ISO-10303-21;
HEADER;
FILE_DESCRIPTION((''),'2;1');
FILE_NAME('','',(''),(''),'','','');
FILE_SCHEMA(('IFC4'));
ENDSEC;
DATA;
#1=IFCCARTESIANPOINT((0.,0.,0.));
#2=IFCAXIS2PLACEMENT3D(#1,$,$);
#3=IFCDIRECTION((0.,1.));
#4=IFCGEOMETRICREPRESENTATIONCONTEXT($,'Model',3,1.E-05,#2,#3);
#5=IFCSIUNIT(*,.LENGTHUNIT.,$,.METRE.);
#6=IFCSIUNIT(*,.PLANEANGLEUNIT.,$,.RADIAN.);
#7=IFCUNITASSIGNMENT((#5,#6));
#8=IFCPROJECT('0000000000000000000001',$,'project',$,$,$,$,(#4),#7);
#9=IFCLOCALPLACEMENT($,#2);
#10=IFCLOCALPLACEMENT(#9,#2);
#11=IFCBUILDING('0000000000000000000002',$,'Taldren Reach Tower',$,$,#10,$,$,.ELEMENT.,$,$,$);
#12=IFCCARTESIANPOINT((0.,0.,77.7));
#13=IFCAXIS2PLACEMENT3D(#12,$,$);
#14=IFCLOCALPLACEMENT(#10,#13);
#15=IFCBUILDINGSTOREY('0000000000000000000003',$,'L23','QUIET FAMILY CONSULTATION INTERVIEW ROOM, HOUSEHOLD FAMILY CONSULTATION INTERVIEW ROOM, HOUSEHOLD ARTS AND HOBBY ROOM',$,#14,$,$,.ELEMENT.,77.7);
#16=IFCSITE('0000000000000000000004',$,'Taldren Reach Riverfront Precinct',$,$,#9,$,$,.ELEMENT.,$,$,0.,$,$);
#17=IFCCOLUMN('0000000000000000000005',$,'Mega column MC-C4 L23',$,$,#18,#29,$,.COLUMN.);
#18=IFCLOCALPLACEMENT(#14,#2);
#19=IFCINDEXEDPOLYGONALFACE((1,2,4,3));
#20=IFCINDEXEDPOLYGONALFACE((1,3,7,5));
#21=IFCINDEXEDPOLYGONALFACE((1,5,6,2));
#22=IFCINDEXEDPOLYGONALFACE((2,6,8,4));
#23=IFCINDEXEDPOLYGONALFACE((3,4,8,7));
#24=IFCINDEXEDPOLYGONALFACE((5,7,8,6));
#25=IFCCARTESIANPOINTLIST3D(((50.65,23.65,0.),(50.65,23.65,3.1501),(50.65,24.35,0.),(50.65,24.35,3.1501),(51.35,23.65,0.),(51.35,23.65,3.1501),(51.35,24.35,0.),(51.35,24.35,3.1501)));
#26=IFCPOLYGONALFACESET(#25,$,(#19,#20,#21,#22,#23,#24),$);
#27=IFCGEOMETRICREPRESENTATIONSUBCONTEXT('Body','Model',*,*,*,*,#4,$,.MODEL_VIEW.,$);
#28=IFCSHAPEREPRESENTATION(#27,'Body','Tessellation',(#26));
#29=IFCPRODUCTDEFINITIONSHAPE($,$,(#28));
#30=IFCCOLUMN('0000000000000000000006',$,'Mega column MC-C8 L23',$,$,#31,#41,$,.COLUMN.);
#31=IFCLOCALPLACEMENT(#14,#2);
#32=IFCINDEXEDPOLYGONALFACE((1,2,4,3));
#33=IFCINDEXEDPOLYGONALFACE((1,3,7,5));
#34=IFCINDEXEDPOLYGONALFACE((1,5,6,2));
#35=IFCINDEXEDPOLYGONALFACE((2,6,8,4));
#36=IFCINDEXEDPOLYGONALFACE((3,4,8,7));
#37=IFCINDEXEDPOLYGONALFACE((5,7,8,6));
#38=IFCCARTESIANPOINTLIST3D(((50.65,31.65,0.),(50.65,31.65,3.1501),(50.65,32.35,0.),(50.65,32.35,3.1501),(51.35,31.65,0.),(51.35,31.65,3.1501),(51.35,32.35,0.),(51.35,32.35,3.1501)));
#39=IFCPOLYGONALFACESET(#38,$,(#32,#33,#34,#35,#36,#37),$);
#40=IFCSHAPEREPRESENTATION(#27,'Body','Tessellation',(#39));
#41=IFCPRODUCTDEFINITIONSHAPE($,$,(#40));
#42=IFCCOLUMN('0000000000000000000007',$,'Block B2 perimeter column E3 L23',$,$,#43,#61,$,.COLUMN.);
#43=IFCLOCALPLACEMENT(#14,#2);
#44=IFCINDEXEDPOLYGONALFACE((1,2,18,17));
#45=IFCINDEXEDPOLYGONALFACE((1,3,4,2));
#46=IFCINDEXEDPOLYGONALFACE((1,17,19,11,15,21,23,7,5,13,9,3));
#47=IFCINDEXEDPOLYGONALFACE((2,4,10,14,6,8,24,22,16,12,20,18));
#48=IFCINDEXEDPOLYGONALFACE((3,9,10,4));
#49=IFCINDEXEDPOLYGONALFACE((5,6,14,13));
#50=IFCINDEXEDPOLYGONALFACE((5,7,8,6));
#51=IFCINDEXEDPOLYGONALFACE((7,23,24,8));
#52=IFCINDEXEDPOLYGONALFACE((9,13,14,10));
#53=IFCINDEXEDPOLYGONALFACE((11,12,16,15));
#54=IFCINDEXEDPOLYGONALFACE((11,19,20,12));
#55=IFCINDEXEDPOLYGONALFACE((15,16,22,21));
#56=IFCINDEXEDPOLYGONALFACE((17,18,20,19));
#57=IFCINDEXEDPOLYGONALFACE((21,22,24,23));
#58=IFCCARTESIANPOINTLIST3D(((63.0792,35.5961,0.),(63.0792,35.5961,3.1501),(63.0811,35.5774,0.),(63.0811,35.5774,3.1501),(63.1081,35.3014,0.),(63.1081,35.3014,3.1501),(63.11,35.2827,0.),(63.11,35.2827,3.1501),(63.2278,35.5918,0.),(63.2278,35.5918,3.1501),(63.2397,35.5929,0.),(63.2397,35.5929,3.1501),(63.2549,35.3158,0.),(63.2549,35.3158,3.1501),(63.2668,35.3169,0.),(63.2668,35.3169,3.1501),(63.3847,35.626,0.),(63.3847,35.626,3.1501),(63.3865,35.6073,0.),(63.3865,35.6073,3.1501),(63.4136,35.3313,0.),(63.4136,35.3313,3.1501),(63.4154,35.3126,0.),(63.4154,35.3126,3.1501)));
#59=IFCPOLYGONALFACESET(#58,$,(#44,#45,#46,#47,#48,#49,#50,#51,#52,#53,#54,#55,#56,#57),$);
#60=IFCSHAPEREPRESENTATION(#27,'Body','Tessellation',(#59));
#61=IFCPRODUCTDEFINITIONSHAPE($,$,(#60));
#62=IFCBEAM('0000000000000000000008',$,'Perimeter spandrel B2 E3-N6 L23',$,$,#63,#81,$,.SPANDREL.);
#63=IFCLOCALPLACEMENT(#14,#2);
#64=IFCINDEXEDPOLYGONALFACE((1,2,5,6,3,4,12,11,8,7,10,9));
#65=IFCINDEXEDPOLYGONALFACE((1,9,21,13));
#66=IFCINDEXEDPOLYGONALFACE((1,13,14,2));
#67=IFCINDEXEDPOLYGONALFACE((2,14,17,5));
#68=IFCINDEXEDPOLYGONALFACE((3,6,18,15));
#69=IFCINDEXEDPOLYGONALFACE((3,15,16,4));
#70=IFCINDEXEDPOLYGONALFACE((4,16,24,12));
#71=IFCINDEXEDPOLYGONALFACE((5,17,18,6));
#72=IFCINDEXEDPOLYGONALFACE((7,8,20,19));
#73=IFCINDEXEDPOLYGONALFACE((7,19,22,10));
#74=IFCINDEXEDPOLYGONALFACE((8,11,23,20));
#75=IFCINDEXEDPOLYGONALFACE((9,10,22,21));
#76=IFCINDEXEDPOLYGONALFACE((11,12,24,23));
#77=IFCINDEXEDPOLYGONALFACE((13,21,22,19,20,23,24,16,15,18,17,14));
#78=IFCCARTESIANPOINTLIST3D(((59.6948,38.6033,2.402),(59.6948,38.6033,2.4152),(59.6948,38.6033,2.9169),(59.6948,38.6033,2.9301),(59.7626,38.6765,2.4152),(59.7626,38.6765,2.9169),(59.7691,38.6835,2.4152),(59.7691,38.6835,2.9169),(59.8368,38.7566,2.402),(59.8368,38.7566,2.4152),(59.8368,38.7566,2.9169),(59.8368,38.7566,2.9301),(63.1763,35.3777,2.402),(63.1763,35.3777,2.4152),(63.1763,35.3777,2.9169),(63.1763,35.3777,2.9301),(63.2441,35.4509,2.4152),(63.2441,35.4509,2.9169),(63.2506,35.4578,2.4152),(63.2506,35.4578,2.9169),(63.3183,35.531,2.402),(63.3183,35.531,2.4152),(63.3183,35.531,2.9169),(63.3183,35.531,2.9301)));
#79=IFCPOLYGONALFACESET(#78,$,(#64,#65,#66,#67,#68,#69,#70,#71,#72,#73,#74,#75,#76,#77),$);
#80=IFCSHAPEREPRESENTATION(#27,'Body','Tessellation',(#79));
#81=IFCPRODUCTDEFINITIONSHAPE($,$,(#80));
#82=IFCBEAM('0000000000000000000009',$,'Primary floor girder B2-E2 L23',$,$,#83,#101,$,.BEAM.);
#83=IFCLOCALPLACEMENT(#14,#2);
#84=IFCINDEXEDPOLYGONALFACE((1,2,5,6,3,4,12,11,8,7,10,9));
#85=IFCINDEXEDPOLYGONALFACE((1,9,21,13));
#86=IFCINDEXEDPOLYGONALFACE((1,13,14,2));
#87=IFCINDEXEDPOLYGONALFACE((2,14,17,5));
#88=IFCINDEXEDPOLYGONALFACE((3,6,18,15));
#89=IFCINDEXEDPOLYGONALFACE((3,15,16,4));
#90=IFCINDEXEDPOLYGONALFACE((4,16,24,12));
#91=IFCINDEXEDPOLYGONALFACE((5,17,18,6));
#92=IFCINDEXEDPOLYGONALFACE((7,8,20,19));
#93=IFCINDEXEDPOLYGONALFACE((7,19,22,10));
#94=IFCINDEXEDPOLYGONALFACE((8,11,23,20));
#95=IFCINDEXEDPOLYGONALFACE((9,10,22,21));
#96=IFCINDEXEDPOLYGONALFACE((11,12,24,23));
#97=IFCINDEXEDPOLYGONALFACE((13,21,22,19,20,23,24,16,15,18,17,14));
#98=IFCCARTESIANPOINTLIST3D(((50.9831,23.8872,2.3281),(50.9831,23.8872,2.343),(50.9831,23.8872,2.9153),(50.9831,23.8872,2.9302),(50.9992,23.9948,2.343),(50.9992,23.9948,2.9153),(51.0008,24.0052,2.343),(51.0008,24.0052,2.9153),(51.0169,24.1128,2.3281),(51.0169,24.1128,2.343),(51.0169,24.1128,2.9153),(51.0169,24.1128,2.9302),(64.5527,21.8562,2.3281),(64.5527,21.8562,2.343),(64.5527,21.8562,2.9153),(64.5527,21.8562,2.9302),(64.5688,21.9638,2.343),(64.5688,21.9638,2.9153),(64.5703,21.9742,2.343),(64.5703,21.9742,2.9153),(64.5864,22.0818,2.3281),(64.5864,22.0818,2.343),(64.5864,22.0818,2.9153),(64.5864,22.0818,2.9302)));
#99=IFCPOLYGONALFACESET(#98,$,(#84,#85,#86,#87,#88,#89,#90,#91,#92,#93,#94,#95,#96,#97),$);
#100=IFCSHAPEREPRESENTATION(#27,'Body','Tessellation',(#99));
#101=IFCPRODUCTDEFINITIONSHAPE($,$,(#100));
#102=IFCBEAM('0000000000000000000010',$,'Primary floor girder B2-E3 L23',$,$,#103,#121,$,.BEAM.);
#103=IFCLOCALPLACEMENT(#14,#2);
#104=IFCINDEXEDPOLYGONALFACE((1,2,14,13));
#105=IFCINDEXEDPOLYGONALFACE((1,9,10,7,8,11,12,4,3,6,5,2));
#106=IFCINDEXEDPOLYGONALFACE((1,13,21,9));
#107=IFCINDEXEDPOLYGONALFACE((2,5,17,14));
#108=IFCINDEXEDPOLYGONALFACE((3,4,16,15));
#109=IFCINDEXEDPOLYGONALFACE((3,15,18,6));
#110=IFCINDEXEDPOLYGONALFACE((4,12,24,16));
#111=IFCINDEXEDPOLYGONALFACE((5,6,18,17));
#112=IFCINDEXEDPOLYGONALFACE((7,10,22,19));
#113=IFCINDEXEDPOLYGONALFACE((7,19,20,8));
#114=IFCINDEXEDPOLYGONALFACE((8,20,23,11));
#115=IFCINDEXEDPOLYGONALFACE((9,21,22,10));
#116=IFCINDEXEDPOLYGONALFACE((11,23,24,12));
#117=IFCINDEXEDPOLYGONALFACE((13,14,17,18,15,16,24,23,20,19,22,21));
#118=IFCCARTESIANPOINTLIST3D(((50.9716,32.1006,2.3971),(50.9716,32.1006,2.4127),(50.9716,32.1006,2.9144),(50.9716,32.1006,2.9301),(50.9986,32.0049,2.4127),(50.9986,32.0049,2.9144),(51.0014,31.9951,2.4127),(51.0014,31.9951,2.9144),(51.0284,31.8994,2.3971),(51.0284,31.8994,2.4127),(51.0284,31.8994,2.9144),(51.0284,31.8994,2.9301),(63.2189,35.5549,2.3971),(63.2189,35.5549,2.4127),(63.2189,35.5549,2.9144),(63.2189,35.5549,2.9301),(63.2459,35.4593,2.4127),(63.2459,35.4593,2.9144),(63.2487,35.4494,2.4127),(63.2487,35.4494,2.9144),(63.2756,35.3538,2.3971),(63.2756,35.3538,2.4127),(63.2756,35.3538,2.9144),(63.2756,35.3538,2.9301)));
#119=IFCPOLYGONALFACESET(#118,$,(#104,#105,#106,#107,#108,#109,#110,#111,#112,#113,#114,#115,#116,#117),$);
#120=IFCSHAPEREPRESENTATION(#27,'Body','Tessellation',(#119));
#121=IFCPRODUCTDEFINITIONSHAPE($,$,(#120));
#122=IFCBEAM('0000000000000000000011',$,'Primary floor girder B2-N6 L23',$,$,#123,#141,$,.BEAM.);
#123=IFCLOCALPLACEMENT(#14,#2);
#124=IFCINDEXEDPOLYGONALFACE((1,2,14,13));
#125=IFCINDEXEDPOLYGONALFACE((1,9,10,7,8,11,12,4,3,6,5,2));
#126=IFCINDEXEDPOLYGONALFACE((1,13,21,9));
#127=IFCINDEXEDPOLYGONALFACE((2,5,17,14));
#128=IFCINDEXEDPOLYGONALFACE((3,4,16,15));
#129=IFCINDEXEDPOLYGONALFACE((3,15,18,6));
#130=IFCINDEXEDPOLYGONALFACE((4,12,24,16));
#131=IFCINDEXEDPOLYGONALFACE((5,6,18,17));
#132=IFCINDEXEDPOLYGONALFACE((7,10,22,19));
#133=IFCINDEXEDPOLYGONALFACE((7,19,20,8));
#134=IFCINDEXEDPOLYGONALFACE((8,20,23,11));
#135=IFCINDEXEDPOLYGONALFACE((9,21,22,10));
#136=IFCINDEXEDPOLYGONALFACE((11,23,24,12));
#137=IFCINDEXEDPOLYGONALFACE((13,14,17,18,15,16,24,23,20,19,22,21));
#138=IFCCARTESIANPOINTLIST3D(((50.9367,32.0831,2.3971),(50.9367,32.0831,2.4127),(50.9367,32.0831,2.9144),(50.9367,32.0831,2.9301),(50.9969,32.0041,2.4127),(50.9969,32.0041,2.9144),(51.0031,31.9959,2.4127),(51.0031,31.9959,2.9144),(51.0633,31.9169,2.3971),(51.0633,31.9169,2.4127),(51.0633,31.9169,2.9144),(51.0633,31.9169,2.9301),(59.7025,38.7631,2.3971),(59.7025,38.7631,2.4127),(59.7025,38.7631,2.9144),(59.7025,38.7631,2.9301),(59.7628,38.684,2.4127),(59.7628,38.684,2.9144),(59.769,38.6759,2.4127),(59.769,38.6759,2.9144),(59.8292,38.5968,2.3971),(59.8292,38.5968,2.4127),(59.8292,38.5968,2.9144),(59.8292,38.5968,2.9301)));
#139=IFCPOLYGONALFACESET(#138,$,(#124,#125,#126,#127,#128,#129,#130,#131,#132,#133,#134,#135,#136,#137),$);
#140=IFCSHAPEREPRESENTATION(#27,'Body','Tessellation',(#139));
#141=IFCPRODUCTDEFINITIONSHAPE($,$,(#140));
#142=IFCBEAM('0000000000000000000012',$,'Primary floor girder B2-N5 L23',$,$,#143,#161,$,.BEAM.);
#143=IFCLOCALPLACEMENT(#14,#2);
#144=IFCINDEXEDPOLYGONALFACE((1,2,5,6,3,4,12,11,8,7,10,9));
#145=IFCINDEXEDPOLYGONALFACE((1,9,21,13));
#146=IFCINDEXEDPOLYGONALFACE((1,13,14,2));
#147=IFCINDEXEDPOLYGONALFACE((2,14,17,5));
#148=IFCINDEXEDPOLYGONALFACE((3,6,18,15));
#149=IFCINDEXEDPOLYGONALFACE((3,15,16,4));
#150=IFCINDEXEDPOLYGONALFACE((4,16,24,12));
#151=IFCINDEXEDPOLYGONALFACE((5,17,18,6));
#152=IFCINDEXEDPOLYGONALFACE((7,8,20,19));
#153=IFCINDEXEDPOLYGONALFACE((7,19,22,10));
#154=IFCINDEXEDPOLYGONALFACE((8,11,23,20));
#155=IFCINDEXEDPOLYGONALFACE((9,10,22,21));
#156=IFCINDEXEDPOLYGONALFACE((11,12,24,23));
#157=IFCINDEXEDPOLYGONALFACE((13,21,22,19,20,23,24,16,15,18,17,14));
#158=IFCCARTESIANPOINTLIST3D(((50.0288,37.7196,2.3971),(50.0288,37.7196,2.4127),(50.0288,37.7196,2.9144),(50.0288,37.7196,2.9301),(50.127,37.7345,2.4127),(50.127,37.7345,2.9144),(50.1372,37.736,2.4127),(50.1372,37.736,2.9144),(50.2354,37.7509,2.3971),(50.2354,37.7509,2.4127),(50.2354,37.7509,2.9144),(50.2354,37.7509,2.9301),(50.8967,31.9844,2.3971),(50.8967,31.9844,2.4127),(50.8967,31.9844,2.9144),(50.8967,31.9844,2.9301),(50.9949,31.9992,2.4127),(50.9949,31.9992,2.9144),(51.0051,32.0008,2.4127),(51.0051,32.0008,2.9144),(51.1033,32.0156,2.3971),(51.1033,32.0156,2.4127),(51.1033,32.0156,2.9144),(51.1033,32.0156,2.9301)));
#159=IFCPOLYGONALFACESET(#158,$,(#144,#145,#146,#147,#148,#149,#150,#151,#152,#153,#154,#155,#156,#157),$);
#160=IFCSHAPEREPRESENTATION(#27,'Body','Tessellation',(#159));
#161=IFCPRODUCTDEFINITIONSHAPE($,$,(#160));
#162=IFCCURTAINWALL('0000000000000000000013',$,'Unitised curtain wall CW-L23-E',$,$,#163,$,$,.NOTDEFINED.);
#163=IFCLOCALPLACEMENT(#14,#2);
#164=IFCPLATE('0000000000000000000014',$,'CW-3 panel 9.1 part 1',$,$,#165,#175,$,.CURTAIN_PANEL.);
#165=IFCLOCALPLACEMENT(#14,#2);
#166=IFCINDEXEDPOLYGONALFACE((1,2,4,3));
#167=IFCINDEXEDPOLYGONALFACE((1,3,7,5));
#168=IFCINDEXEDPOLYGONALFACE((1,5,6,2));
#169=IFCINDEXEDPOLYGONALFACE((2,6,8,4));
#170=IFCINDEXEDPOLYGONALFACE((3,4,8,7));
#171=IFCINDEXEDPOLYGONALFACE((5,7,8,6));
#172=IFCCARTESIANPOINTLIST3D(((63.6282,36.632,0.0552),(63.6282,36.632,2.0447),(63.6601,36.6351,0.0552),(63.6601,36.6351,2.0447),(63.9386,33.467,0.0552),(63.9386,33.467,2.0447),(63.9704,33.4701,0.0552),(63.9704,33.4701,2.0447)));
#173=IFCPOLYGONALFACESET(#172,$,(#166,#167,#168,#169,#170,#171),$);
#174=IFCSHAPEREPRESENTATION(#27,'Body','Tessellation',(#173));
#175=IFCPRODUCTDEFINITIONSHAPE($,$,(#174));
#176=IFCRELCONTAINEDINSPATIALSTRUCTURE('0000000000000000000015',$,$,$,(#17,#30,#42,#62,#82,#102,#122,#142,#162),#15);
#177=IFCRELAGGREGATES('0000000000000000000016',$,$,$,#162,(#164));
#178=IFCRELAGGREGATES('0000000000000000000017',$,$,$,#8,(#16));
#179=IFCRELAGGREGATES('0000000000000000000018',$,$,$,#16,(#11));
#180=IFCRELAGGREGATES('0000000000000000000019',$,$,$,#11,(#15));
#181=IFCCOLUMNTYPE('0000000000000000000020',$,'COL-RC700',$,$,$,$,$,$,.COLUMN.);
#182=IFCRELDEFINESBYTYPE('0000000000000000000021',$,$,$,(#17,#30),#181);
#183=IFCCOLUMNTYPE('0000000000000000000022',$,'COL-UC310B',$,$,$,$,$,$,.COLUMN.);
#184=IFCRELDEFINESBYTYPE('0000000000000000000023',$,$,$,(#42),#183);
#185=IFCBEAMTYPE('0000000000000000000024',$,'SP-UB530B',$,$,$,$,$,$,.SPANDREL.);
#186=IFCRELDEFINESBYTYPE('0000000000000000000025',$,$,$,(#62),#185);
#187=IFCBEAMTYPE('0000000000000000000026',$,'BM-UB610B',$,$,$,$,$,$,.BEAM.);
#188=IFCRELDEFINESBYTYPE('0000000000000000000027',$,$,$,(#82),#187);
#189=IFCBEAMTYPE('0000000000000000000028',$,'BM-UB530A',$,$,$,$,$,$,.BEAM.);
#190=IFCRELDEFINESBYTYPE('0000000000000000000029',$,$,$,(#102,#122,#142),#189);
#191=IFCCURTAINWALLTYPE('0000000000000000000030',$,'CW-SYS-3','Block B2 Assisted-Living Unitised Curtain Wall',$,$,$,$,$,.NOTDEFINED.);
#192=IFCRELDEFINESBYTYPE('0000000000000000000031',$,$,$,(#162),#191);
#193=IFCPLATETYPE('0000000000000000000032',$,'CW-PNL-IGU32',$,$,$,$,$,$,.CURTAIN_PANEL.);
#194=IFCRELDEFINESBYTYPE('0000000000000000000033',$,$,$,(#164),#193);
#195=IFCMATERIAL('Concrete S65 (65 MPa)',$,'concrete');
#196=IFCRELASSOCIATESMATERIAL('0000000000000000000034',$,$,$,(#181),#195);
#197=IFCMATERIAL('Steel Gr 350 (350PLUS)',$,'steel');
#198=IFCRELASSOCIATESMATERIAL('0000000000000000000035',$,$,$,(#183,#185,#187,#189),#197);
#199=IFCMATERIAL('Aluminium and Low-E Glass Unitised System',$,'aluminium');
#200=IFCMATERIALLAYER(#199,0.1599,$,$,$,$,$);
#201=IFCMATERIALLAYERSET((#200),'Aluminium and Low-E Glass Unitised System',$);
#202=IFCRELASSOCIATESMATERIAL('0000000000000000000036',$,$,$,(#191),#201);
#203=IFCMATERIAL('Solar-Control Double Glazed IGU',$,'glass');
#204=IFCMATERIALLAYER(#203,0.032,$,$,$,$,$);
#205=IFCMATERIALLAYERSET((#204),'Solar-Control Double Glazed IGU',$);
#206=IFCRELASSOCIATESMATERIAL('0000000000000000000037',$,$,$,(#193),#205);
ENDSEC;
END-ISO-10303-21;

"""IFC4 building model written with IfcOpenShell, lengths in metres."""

from ifc_helpers import new_model, si_unit, direction, frame, origin, origin_2d, place, context, subcontext, project, spatial, rectangle, i_section, extrude, source, transform, mapped, material, layer, layer_set, material_profile, profile_set, type_object, element, aggregate, save


model = new_model("IFC4")

# Units and contexts
model_context = context("Model", 3, precision=1e-05, world=origin(), true_north=direction((0.0, 1.0)))
body_context = subcontext(model_context, "Body", "Model", "MODEL_VIEW")
ifc_project = project(units=[si_unit("LENGTHUNIT", "METRE"), si_unit("PLANEANGLEUNIT", "RADIAN")], contexts=[model_context])

# Site, building, storey
site_placement = place(None, origin())
site = spatial("IfcSite", under=ifc_project, at=site_placement, Name="Taldren Reach Riverfront Precinct", CompositionType="ELEMENT", RefElevation=0.0)
building_placement = place(site_placement, origin())
building = spatial("IfcBuilding", under=site, at=building_placement, Name="Taldren Reach Tower", CompositionType="ELEMENT")
storey_placement = place(building_placement, frame((0.0, 0.0, 77.7)))
storey = spatial("IfcBuildingStorey", under=building, at=storey_placement, Name="L23", Description="QUIET FAMILY CONSULTATION INTERVIEW ROOM, HOUSEHOLD FAMILY CONSULTATION INTERVIEW ROOM, HOUSEHOLD ARTS AND HOBBY ROOM", CompositionType="ELEMENT", Elevation=77.7)

# Columns
ifc_material_1 = material(Name="Concrete S65 (65 MPa)", Category="concrete")
ifc_material_profile_1 = material_profile(ifc_material_1, rectangle(XDim=0.7, YDim=0.7, at=origin_2d()), Name="RC-700x700")
ifc_profile_set_1 = profile_set([ifc_material_profile_1], Name="Concrete S65 (65 MPa)")
column_type_1 = type_object("IfcColumnType", Name="COL-RC700", PredefinedType="COLUMN", material=ifc_profile_set_1)
shared_shape_1 = source(origin(), body_context, "Body", "SweptSolid", [
    extrude(rectangle(XDim=0.7, YDim=0.7, at=origin_2d()), origin(), (0.0, 0.0, 1.0), 3.1501),
])
for number, where, z_axis, x_axis, name in (
    (1, (51.0, 24.0, 0.0), (0.0, 0.0, 1.0), (1.0, 0.0, 0.0), "Mega column MC-C4 L23"),
    (2, (51.0, 32.0, 0.0), (0.0, 0.0, 1.0), (1.0, 0.0, 0.0), "Mega column MC-C8 L23"),
):
    element("IfcColumn", number, at=place(storey_placement, frame(where, z_axis=z_axis, x_axis=x_axis)), inside=storey, type_object=column_type_1, Name=name, PredefinedType="COLUMN", context=body_context, shape_type="MappedRepresentation", body=[
        mapped(shared_shape_1, transform((0.0, 0.0, 0.0), scale=1.0)),
    ])
ifc_material_2 = material(Name="Steel Gr 350 (350PLUS)", Category="steel")
ifc_material_profile_2 = material_profile(ifc_material_2, i_section(OverallWidth=0.3069, OverallDepth=0.3149, WebThickness=0.012, FlangeThickness=0.0188, at=origin_2d()), Name="310UC118")
ifc_profile_set_2 = profile_set([ifc_material_profile_2], Name="Steel Gr 350 (350PLUS)")
column_type_2 = type_object("IfcColumnType", Name="COL-UC310B", PredefinedType="COLUMN", material=ifc_profile_set_2)
shared_shape_2 = source(origin(), body_context, "Body", "SweptSolid", [
    extrude(i_section(OverallWidth=0.3069, OverallDepth=0.3149, WebThickness=0.012, FlangeThickness=0.0188, at=origin_2d()), origin(), (0.0, 0.0, 1.0), 3.1501),
])
column_placement = place(storey_placement, frame((63.2473, 35.4543, 0.0), z_axis=(0.0, 0.0, 1.0), x_axis=(0.995227, 0.097583, 0.0)))
element("IfcColumn", 3, at=column_placement, inside=storey, type_object=column_type_2, Name="Block B2 perimeter column E3 L23", PredefinedType="COLUMN", context=body_context, shape_type="MappedRepresentation", body=[
    mapped(shared_shape_2, transform((0.0, 0.0, 0.0), scale=1.0)),
])

# Beams
ifc_material_profile_3 = material_profile(ifc_material_2, i_section(OverallWidth=0.209, OverallDepth=0.5281, WebThickness=0.0095, FlangeThickness=0.0132, at=origin_2d()), Name="530UB82.0")
ifc_profile_set_3 = profile_set([ifc_material_profile_3], Name="Steel Gr 350 (350PLUS)")
beam_type_1 = type_object("IfcBeamType", Name="SP-UB530B", PredefinedType="SPANDREL", material=ifc_profile_set_3)
shared_shape_3 = source(origin(), body_context, "Body", "SweptSolid", [
    extrude(i_section(OverallWidth=0.209, OverallDepth=0.5281, WebThickness=0.0095, FlangeThickness=0.0132, at=origin_2d()), origin(), (0.0, 0.0, 1.0), 4.7461),
])
beam_1_placement = place(storey_placement, frame((63.2473, 35.4543, 2.666), z_axis=(-0.733548, 0.679638, 0.0), x_axis=(-0.679638, -0.733548, 0.0)))
element("IfcBeam", 4, at=beam_1_placement, inside=storey, type_object=beam_type_1, Name="Perimeter spandrel B2 E3-N6 L23", PredefinedType="SPANDREL", context=body_context, shape_type="MappedRepresentation", body=[
    mapped(shared_shape_3, transform((0.0, 0.0, 0.0), scale=1.0)),
])
ifc_material_profile_4 = material_profile(ifc_material_2, i_section(OverallWidth=0.228, OverallDepth=0.6021, WebThickness=0.0105, FlangeThickness=0.0149, at=origin_2d()), Name="610UB101")
ifc_profile_set_4 = profile_set([ifc_material_profile_4], Name="Steel Gr 350 (350PLUS)")
beam_type_2 = type_object("IfcBeamType", Name="BM-UB610B", PredefinedType="BEAM", material=ifc_profile_set_4)
shared_shape_4 = source(origin(), body_context, "Body", "SweptSolid", [
    extrude(i_section(OverallWidth=0.228, OverallDepth=0.6021, WebThickness=0.0105, FlangeThickness=0.0149, at=origin_2d()), origin(), (0.0, 0.0, 1.0), 13.7207),
])
beam_2_placement = place(storey_placement, frame((51.0, 24.0, 2.6292), z_axis=(0.988984, -0.148025, 0.0), x_axis=(0.148025, 0.988984, 0.0)))
element("IfcBeam", 5, at=beam_2_placement, inside=storey, type_object=beam_type_2, Name="Primary floor girder B2-E2 L23", PredefinedType="BEAM", context=body_context, shape_type="MappedRepresentation", body=[
    mapped(shared_shape_4, transform((0.0, 0.0, 0.0), scale=1.0)),
])
ifc_material_profile_5 = material_profile(ifc_material_2, i_section(OverallWidth=0.209, OverallDepth=0.533, WebThickness=0.0103, FlangeThickness=0.0156, at=origin_2d()), Name="530UB92.4")
ifc_profile_set_5 = profile_set([ifc_material_profile_5], Name="Steel Gr 350 (350PLUS)")
beam_type_3 = type_object("IfcBeamType", Name="BM-UB530A", PredefinedType="BEAM", material=ifc_profile_set_5)
shared_shape_5 = source(origin(), body_context, "Body", "SweptSolid", [
    extrude(i_section(OverallWidth=0.209, OverallDepth=0.533, WebThickness=0.0103, FlangeThickness=0.0156, at=origin_2d()), origin(), (0.0, 0.0, 1.0), 12.7251),
])
beam_3_placement = place(storey_placement, frame((51.0, 32.0, 2.6636), z_axis=(0.96245, 0.271458, 0.0), x_axis=(-0.271458, 0.96245, 0.0)))
element("IfcBeam", 6, at=beam_3_placement, inside=storey, type_object=beam_type_3, Name="Primary floor girder B2-E3 L23", PredefinedType="BEAM", context=body_context, shape_type="MappedRepresentation", body=[
    mapped(shared_shape_5, transform((0.0, 0.0, 0.0), scale=1.0)),
])
shared_shape_6 = source(origin(), body_context, "Body", "SweptSolid", [
    extrude(i_section(OverallWidth=0.209, OverallDepth=0.533, WebThickness=0.0103, FlangeThickness=0.0156, at=origin_2d()), origin(), (0.0, 0.0, 1.0), 11.021),
])
beam_4_placement = place(storey_placement, frame((51.0, 32.0, 2.6636), z_axis=(0.79538, 0.606111, 0.0), x_axis=(-0.606111, 0.79538, 0.0)))
element("IfcBeam", 7, at=beam_4_placement, inside=storey, type_object=beam_type_3, Name="Primary floor girder B2-N6 L23", PredefinedType="BEAM", context=body_context, shape_type="MappedRepresentation", body=[
    mapped(shared_shape_6, transform((0.0, 0.0, 0.0), scale=1.0)),
])
shared_shape_7 = source(origin(), body_context, "Body", "SweptSolid", [
    extrude(i_section(OverallWidth=0.209, OverallDepth=0.533, WebThickness=0.0103, FlangeThickness=0.0156, at=origin_2d()), origin(), (0.0, 0.0, 1.0), 5.8005),
])
beam_5_placement = place(storey_placement, frame((51.0, 32.0, 2.6636), z_axis=(-0.149625, 0.988743, 0.0), x_axis=(-0.988743, -0.149625, 0.0)))
element("IfcBeam", 8, at=beam_5_placement, inside=storey, type_object=beam_type_3, Name="Primary floor girder B2-N5 L23", PredefinedType="BEAM", context=body_context, shape_type="MappedRepresentation", body=[
    mapped(shared_shape_7, transform((0.0, 0.0, 0.0), scale=1.0)),
])

# Curtain wall, plate
ifc_material_3 = material(Name="Aluminium and Low-E Glass Unitised System", Category="aluminium")
ifc_layer_1 = layer(ifc_material_3, 0.1599)
ifc_layer_set_1 = layer_set([ifc_layer_1], Name="Aluminium and Low-E Glass Unitised System")
curtain_wall_type = type_object("IfcCurtainWallType", Name="CW-SYS-3", Description="Block B2 Assisted-Living Unitised Curtain Wall", PredefinedType="NOTDEFINED", material=ifc_layer_set_1)
curtain_wall_placement = place(storey_placement, origin())
curtain_wall = element("IfcCurtainWall", 9, at=curtain_wall_placement, inside=storey, type_object=curtain_wall_type, Name="Unitised curtain wall CW-L23-E", PredefinedType="NOTDEFINED")
ifc_material_4 = material(Name="Solar-Control Double Glazed IGU", Category="glass")
ifc_layer_2 = layer(ifc_material_4, 0.032)
ifc_layer_set_2 = layer_set([ifc_layer_2], Name="Solar-Control Double Glazed IGU")
plate_type = type_object("IfcPlateType", Name="CW-PNL-IGU32", PredefinedType="CURTAIN_PANEL", material=ifc_layer_set_2)
shared_shape_8 = source(origin(), body_context, "Body", "SweptSolid", [
    extrude(rectangle(XDim=3.1802, YDim=0.032, at=origin_2d()), origin(), (0.0, 0.0, 1.0), 1.9895),
])
plate_placement = place(storey_placement, frame((63.7993, 35.051, 0.0552), z_axis=(0.0, 0.0, 1.0), x_axis=(-0.097583, 0.995227, 0.0)))
plate = element("IfcPlate", 10, at=plate_placement, type_object=plate_type, Name="CW-3 panel 9.1 part 1", PredefinedType="CURTAIN_PANEL", context=body_context, shape_type="MappedRepresentation", body=[
    mapped(shared_shape_8, transform((0.0, 0.0, 0.0), scale=1.0)),
])
aggregate(curtain_wall, [plate])

save(model, "model.ifc")
